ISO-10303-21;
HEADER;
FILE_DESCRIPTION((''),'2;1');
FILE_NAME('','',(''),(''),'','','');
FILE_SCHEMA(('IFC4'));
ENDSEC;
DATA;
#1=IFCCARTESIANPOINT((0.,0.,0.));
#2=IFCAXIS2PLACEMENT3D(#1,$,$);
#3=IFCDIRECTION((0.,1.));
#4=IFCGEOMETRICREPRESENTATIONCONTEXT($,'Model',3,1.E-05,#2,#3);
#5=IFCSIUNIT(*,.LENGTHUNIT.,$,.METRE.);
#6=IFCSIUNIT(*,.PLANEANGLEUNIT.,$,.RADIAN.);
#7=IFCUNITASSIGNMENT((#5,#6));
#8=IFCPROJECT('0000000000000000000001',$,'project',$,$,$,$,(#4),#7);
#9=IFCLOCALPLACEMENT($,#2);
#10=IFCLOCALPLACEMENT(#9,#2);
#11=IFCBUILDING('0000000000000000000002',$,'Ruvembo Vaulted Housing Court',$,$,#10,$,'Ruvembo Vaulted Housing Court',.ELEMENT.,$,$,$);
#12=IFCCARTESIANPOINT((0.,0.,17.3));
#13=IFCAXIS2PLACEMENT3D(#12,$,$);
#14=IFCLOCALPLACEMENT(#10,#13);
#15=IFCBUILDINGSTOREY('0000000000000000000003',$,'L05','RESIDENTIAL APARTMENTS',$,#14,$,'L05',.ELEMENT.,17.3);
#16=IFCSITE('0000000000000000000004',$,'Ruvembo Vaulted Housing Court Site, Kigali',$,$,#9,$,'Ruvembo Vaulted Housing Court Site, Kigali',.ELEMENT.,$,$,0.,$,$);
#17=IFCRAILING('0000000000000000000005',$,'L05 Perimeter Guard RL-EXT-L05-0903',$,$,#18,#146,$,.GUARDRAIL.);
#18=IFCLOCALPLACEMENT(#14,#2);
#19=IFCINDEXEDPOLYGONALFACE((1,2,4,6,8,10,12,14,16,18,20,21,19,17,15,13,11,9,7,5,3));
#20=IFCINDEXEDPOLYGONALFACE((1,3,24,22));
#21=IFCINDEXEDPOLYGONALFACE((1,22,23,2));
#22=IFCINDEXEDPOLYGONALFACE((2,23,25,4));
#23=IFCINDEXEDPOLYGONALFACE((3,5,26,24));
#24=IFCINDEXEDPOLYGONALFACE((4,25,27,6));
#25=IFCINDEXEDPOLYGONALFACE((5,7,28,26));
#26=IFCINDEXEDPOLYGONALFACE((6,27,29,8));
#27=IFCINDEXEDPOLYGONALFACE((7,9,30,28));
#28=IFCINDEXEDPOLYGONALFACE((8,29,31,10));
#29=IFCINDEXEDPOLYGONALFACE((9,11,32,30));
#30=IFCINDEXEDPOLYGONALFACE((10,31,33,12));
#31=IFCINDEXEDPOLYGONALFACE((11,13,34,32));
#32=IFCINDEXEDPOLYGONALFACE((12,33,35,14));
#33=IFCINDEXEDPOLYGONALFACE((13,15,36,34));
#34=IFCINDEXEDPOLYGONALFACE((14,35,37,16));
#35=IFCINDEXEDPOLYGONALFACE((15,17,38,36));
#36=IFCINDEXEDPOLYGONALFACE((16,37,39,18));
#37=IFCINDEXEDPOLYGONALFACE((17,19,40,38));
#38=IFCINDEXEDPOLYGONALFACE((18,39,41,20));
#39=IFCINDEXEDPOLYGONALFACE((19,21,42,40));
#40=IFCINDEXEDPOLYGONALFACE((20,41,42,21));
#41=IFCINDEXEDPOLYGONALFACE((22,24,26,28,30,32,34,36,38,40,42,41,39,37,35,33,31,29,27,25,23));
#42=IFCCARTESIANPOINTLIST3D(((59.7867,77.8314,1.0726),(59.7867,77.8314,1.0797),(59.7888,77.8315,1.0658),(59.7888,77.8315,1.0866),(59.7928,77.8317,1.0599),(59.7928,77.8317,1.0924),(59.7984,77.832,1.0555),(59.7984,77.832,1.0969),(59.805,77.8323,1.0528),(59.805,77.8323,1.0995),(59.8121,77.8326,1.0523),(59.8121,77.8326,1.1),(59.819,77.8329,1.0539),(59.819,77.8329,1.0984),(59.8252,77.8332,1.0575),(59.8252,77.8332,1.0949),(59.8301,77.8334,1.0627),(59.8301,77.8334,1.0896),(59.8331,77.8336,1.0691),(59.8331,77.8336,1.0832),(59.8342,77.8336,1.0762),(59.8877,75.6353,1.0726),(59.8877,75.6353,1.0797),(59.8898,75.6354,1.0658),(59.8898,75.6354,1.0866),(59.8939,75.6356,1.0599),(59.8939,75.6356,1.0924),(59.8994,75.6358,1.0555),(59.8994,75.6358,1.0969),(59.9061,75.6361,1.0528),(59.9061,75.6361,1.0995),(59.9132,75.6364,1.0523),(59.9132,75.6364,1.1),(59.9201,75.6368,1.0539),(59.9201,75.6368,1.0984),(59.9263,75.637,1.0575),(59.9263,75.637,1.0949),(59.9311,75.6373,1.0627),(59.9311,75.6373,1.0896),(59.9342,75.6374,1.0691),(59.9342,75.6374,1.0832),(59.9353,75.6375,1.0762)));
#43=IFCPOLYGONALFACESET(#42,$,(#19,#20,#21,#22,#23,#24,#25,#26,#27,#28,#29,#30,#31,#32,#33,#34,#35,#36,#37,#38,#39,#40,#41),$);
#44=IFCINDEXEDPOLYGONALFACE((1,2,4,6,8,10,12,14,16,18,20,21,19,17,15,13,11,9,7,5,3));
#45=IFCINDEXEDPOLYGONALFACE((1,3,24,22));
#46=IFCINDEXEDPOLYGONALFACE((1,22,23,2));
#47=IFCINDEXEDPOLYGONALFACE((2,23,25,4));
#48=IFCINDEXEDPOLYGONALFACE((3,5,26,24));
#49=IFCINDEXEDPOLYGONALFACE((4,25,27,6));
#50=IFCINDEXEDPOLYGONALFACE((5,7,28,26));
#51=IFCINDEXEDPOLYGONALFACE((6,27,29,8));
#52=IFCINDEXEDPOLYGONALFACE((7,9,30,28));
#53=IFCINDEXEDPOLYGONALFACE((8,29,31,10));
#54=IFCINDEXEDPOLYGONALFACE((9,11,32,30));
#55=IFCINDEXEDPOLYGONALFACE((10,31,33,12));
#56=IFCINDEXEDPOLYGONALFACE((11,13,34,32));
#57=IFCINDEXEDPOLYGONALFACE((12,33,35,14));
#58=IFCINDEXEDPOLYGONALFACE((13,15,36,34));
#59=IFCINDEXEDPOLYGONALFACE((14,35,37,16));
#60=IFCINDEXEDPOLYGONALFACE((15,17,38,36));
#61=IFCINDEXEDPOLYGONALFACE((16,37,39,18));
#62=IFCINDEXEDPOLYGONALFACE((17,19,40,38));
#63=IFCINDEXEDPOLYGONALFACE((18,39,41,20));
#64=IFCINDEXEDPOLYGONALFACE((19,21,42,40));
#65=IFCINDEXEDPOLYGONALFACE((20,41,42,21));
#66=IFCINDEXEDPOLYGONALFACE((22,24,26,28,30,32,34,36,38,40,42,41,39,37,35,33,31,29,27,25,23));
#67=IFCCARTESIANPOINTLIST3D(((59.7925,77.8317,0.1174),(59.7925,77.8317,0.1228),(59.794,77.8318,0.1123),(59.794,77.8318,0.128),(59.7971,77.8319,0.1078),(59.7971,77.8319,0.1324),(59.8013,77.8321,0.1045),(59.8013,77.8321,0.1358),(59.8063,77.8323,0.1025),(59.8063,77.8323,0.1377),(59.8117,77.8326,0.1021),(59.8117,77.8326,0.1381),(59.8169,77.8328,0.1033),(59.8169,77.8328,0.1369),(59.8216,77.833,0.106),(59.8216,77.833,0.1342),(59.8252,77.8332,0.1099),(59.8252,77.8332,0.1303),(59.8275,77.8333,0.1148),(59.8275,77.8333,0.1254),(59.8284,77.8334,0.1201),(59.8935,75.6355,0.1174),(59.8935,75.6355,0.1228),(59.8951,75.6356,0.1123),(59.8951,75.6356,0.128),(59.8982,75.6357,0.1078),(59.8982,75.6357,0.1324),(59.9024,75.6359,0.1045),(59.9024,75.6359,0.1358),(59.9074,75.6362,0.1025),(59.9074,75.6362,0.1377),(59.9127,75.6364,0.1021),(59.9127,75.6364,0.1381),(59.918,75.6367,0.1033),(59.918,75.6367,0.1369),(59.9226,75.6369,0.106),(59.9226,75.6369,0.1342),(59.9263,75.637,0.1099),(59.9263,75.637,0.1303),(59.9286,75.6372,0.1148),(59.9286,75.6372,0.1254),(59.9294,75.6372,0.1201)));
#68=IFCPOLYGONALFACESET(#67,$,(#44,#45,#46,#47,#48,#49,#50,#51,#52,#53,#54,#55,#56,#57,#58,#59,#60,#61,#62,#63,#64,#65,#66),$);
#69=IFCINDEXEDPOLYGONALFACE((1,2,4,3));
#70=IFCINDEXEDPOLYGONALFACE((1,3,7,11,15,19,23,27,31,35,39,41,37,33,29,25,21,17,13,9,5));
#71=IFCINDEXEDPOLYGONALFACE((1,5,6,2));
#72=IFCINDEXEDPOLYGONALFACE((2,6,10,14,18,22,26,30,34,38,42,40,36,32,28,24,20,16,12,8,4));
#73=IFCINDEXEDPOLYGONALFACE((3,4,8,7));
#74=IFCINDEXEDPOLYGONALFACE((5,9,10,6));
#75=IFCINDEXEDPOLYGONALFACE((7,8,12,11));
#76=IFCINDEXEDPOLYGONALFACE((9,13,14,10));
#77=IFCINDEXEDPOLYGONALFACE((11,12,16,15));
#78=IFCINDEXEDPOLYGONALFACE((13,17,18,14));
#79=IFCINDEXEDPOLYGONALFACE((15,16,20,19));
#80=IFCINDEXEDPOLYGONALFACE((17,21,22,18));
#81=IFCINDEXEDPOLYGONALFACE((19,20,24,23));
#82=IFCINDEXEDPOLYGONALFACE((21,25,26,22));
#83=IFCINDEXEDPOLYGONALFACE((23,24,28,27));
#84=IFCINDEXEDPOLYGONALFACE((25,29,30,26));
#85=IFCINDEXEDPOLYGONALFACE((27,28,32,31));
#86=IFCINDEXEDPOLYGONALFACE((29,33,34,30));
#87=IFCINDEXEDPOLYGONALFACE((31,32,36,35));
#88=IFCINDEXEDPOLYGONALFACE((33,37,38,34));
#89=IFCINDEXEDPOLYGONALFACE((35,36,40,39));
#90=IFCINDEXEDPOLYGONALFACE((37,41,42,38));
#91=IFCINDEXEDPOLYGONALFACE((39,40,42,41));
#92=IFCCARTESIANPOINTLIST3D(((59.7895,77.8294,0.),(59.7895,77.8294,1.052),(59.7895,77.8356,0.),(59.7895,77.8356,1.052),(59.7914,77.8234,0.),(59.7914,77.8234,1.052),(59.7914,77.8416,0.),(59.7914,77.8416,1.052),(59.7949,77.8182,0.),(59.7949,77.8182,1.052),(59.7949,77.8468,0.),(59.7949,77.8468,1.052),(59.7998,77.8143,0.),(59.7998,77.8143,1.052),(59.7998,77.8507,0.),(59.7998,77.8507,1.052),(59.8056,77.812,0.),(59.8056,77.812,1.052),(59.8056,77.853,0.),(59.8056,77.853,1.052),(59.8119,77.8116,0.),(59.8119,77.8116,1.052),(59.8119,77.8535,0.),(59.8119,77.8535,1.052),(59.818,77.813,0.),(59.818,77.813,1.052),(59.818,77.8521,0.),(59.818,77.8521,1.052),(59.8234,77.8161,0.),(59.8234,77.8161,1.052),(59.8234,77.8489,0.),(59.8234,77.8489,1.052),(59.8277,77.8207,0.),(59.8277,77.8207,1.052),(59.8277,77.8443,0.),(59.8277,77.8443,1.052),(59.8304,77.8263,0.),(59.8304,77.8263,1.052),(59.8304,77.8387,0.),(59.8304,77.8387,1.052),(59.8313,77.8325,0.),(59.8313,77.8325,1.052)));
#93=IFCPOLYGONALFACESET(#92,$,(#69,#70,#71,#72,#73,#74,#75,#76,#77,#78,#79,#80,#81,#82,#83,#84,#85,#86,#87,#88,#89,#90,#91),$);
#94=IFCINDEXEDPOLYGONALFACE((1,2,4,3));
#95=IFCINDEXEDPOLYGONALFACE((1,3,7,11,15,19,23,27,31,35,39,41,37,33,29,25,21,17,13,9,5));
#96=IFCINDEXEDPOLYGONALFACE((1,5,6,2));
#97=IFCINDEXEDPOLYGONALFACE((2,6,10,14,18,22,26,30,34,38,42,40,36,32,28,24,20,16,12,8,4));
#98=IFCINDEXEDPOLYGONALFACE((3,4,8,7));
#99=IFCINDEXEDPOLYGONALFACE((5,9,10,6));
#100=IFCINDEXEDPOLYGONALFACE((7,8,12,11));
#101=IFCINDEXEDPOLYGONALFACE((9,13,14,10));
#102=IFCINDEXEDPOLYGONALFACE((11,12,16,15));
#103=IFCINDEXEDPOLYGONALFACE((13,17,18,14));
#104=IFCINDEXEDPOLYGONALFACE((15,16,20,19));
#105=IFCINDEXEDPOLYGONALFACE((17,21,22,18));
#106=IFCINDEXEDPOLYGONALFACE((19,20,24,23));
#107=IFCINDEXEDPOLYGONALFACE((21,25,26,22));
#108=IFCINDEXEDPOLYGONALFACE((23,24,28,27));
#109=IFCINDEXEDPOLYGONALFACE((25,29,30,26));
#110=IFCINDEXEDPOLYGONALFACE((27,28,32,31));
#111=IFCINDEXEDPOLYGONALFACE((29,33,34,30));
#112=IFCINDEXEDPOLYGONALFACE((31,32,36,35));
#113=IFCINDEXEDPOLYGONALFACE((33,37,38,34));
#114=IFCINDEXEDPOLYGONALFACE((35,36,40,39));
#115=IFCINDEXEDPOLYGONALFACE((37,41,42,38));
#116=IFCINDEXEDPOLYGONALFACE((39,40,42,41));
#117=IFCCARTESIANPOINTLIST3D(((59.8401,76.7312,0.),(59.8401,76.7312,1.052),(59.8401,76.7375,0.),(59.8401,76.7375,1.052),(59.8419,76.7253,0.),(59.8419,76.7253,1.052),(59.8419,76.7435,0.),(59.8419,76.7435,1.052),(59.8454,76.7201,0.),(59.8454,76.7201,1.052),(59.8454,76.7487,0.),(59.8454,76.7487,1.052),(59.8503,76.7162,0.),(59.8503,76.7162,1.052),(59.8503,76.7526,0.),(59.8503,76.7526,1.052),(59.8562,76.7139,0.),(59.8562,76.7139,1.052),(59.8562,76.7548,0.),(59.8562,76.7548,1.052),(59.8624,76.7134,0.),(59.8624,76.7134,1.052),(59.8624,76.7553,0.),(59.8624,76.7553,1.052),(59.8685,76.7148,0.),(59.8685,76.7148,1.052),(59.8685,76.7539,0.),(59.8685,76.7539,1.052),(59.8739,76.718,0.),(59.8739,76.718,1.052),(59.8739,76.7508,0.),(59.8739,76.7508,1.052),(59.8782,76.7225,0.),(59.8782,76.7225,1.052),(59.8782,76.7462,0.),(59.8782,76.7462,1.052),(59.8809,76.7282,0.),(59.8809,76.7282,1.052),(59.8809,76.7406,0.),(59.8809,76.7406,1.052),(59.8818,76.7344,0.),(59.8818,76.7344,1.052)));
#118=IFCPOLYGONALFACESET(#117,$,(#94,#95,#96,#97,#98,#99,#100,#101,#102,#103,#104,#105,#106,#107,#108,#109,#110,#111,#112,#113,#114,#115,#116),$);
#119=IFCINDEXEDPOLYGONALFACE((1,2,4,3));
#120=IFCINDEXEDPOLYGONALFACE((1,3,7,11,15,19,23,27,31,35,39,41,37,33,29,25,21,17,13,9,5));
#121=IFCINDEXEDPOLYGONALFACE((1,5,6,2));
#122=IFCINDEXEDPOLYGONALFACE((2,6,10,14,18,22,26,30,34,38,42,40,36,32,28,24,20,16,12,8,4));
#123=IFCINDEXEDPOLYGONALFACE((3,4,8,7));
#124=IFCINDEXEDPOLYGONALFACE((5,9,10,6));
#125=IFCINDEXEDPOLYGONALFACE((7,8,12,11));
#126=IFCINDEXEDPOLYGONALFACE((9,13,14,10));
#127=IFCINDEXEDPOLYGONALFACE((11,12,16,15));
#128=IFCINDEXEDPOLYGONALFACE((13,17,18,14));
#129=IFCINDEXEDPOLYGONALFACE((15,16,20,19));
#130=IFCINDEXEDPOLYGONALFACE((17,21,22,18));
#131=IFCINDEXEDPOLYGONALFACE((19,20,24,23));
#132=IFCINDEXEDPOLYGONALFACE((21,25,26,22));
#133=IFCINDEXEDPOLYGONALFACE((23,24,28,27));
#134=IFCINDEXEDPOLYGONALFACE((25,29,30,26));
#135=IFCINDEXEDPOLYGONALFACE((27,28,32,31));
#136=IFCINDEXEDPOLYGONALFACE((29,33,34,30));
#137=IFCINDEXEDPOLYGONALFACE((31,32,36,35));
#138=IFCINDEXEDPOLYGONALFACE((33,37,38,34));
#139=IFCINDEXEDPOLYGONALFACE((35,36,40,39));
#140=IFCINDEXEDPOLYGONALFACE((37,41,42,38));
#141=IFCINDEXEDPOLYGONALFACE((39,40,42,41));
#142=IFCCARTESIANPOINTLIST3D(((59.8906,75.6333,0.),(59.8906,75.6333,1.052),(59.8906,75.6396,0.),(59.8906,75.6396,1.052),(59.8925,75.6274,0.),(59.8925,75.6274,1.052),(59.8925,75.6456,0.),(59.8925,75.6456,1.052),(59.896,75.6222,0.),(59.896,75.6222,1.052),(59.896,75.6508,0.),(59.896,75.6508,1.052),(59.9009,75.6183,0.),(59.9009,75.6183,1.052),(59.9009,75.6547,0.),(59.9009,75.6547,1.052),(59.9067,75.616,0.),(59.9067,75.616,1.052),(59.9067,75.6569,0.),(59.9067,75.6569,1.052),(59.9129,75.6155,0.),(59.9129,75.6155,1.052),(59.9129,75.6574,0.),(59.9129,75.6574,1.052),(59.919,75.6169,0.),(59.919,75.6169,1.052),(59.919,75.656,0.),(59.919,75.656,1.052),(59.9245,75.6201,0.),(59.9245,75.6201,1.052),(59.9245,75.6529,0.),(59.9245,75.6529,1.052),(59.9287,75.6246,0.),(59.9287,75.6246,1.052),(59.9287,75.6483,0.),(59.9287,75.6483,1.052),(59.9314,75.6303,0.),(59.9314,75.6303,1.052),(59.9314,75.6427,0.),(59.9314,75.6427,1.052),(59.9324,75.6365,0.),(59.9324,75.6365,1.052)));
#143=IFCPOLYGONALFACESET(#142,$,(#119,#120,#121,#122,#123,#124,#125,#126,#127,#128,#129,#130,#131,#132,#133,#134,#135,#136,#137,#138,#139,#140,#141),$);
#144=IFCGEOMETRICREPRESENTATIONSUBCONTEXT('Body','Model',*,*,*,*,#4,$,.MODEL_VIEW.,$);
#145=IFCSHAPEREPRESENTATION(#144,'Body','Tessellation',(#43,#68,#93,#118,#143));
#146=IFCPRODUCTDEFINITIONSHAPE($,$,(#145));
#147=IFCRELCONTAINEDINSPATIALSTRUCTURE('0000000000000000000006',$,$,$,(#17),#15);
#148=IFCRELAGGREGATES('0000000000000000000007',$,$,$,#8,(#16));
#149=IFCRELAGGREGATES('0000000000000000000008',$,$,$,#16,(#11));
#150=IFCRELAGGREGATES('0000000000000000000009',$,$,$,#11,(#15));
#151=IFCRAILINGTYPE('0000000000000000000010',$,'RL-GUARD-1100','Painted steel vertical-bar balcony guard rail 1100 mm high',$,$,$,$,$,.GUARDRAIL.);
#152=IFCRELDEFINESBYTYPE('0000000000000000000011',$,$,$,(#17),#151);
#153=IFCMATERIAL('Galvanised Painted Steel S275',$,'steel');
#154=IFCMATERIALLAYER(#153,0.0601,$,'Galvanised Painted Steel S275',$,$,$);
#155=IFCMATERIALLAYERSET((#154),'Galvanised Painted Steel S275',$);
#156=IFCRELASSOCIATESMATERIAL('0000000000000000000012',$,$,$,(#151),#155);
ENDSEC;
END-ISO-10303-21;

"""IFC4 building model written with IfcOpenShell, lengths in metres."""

from ifc_helpers import new_model, si_unit, direction, frame, origin, origin_2d, place, context, subcontext, project, spatial, circle, extrude, material, layer, layer_set, type_object, element, save


model = new_model("IFC4")

# Units and contexts
model_context = context("Model", 3, precision=1e-05, world=origin(), true_north=direction((0.0, 1.0)))
body_context = subcontext(model_context, "Body", "Model", "MODEL_VIEW")
ifc_project = project(units=[si_unit("LENGTHUNIT", "METRE"), si_unit("PLANEANGLEUNIT", "RADIAN")], contexts=[model_context])

# Site, building, storey
site_placement = place(None, origin())
site = spatial("IfcSite", under=ifc_project, at=site_placement, Name="Ruvembo Vaulted Housing Court Site, Kigali", LongName="Ruvembo Vaulted Housing Court Site, Kigali", CompositionType="ELEMENT", RefElevation=0.0)
building_placement = place(site_placement, origin())
building = spatial("IfcBuilding", under=site, at=building_placement, Name="Ruvembo Vaulted Housing Court", LongName="Ruvembo Vaulted Housing Court", CompositionType="ELEMENT")
storey_placement = place(building_placement, frame((0.0, 0.0, 17.3)))
storey = spatial("IfcBuildingStorey", under=building, at=storey_placement, Name="L05", Description="RESIDENTIAL APARTMENTS", LongName="L05", CompositionType="ELEMENT", Elevation=17.3)

# Railing
ifc_material_1 = material(Name="Galvanised Painted Steel S275", Category="steel")
ifc_layer_1 = layer(ifc_material_1, 0.0601, Name="Galvanised Painted Steel S275")
ifc_layer_set_1 = layer_set([ifc_layer_1], Name="Galvanised Painted Steel S275")
railing_type_1 = type_object("IfcRailingType", Name="RL-GUARD-1100", Description="Painted steel vertical-bar balcony guard rail 1100 mm high", PredefinedType="GUARDRAIL", material=ifc_layer_set_1)
railing_1_placement = place(storey_placement, frame((59.8103, 77.8325, 0.0)))
element("IfcRailing", 1, at=railing_1_placement, inside=storey, type_object=railing_type_1, Name="L05 Perimeter Guard RL-EXT-L05-0903", PredefinedType="GUARDRAIL", context=body_context, shape_type="SweptSolid", body=[
    extrude(circle(Radius=0.0239, at=origin_2d()), frame((0.0, 0.0, 1.0762), z_axis=(0.045977, -0.998943, 0.0), x_axis=(0.998943, 0.045977, 0.0)), (0.0, 0.0, 1.0), 2.1985),
    extrude(circle(Radius=0.0181, at=origin_2d()), frame((0.0, 0.0, 0.1201), z_axis=(0.045977, -0.998943, 0.0), x_axis=(0.998943, 0.045977, 0.0)), (0.0, 0.0, 1.0), 2.1985),
    extrude(circle(Radius=0.021, at=origin_2d()), origin(), (0.0, 0.0, 1.0), 1.052),
    extrude(circle(Radius=0.021, at=origin_2d()), frame((0.0505, -1.0981, 0.0)), (0.0, 0.0, 1.0), 1.052),
    extrude(circle(Radius=0.021, at=origin_2d()), frame((0.1011, -2.196, 0.0)), (0.0, 0.0, 1.0), 1.052),
])

save(model, "model.ifc")
